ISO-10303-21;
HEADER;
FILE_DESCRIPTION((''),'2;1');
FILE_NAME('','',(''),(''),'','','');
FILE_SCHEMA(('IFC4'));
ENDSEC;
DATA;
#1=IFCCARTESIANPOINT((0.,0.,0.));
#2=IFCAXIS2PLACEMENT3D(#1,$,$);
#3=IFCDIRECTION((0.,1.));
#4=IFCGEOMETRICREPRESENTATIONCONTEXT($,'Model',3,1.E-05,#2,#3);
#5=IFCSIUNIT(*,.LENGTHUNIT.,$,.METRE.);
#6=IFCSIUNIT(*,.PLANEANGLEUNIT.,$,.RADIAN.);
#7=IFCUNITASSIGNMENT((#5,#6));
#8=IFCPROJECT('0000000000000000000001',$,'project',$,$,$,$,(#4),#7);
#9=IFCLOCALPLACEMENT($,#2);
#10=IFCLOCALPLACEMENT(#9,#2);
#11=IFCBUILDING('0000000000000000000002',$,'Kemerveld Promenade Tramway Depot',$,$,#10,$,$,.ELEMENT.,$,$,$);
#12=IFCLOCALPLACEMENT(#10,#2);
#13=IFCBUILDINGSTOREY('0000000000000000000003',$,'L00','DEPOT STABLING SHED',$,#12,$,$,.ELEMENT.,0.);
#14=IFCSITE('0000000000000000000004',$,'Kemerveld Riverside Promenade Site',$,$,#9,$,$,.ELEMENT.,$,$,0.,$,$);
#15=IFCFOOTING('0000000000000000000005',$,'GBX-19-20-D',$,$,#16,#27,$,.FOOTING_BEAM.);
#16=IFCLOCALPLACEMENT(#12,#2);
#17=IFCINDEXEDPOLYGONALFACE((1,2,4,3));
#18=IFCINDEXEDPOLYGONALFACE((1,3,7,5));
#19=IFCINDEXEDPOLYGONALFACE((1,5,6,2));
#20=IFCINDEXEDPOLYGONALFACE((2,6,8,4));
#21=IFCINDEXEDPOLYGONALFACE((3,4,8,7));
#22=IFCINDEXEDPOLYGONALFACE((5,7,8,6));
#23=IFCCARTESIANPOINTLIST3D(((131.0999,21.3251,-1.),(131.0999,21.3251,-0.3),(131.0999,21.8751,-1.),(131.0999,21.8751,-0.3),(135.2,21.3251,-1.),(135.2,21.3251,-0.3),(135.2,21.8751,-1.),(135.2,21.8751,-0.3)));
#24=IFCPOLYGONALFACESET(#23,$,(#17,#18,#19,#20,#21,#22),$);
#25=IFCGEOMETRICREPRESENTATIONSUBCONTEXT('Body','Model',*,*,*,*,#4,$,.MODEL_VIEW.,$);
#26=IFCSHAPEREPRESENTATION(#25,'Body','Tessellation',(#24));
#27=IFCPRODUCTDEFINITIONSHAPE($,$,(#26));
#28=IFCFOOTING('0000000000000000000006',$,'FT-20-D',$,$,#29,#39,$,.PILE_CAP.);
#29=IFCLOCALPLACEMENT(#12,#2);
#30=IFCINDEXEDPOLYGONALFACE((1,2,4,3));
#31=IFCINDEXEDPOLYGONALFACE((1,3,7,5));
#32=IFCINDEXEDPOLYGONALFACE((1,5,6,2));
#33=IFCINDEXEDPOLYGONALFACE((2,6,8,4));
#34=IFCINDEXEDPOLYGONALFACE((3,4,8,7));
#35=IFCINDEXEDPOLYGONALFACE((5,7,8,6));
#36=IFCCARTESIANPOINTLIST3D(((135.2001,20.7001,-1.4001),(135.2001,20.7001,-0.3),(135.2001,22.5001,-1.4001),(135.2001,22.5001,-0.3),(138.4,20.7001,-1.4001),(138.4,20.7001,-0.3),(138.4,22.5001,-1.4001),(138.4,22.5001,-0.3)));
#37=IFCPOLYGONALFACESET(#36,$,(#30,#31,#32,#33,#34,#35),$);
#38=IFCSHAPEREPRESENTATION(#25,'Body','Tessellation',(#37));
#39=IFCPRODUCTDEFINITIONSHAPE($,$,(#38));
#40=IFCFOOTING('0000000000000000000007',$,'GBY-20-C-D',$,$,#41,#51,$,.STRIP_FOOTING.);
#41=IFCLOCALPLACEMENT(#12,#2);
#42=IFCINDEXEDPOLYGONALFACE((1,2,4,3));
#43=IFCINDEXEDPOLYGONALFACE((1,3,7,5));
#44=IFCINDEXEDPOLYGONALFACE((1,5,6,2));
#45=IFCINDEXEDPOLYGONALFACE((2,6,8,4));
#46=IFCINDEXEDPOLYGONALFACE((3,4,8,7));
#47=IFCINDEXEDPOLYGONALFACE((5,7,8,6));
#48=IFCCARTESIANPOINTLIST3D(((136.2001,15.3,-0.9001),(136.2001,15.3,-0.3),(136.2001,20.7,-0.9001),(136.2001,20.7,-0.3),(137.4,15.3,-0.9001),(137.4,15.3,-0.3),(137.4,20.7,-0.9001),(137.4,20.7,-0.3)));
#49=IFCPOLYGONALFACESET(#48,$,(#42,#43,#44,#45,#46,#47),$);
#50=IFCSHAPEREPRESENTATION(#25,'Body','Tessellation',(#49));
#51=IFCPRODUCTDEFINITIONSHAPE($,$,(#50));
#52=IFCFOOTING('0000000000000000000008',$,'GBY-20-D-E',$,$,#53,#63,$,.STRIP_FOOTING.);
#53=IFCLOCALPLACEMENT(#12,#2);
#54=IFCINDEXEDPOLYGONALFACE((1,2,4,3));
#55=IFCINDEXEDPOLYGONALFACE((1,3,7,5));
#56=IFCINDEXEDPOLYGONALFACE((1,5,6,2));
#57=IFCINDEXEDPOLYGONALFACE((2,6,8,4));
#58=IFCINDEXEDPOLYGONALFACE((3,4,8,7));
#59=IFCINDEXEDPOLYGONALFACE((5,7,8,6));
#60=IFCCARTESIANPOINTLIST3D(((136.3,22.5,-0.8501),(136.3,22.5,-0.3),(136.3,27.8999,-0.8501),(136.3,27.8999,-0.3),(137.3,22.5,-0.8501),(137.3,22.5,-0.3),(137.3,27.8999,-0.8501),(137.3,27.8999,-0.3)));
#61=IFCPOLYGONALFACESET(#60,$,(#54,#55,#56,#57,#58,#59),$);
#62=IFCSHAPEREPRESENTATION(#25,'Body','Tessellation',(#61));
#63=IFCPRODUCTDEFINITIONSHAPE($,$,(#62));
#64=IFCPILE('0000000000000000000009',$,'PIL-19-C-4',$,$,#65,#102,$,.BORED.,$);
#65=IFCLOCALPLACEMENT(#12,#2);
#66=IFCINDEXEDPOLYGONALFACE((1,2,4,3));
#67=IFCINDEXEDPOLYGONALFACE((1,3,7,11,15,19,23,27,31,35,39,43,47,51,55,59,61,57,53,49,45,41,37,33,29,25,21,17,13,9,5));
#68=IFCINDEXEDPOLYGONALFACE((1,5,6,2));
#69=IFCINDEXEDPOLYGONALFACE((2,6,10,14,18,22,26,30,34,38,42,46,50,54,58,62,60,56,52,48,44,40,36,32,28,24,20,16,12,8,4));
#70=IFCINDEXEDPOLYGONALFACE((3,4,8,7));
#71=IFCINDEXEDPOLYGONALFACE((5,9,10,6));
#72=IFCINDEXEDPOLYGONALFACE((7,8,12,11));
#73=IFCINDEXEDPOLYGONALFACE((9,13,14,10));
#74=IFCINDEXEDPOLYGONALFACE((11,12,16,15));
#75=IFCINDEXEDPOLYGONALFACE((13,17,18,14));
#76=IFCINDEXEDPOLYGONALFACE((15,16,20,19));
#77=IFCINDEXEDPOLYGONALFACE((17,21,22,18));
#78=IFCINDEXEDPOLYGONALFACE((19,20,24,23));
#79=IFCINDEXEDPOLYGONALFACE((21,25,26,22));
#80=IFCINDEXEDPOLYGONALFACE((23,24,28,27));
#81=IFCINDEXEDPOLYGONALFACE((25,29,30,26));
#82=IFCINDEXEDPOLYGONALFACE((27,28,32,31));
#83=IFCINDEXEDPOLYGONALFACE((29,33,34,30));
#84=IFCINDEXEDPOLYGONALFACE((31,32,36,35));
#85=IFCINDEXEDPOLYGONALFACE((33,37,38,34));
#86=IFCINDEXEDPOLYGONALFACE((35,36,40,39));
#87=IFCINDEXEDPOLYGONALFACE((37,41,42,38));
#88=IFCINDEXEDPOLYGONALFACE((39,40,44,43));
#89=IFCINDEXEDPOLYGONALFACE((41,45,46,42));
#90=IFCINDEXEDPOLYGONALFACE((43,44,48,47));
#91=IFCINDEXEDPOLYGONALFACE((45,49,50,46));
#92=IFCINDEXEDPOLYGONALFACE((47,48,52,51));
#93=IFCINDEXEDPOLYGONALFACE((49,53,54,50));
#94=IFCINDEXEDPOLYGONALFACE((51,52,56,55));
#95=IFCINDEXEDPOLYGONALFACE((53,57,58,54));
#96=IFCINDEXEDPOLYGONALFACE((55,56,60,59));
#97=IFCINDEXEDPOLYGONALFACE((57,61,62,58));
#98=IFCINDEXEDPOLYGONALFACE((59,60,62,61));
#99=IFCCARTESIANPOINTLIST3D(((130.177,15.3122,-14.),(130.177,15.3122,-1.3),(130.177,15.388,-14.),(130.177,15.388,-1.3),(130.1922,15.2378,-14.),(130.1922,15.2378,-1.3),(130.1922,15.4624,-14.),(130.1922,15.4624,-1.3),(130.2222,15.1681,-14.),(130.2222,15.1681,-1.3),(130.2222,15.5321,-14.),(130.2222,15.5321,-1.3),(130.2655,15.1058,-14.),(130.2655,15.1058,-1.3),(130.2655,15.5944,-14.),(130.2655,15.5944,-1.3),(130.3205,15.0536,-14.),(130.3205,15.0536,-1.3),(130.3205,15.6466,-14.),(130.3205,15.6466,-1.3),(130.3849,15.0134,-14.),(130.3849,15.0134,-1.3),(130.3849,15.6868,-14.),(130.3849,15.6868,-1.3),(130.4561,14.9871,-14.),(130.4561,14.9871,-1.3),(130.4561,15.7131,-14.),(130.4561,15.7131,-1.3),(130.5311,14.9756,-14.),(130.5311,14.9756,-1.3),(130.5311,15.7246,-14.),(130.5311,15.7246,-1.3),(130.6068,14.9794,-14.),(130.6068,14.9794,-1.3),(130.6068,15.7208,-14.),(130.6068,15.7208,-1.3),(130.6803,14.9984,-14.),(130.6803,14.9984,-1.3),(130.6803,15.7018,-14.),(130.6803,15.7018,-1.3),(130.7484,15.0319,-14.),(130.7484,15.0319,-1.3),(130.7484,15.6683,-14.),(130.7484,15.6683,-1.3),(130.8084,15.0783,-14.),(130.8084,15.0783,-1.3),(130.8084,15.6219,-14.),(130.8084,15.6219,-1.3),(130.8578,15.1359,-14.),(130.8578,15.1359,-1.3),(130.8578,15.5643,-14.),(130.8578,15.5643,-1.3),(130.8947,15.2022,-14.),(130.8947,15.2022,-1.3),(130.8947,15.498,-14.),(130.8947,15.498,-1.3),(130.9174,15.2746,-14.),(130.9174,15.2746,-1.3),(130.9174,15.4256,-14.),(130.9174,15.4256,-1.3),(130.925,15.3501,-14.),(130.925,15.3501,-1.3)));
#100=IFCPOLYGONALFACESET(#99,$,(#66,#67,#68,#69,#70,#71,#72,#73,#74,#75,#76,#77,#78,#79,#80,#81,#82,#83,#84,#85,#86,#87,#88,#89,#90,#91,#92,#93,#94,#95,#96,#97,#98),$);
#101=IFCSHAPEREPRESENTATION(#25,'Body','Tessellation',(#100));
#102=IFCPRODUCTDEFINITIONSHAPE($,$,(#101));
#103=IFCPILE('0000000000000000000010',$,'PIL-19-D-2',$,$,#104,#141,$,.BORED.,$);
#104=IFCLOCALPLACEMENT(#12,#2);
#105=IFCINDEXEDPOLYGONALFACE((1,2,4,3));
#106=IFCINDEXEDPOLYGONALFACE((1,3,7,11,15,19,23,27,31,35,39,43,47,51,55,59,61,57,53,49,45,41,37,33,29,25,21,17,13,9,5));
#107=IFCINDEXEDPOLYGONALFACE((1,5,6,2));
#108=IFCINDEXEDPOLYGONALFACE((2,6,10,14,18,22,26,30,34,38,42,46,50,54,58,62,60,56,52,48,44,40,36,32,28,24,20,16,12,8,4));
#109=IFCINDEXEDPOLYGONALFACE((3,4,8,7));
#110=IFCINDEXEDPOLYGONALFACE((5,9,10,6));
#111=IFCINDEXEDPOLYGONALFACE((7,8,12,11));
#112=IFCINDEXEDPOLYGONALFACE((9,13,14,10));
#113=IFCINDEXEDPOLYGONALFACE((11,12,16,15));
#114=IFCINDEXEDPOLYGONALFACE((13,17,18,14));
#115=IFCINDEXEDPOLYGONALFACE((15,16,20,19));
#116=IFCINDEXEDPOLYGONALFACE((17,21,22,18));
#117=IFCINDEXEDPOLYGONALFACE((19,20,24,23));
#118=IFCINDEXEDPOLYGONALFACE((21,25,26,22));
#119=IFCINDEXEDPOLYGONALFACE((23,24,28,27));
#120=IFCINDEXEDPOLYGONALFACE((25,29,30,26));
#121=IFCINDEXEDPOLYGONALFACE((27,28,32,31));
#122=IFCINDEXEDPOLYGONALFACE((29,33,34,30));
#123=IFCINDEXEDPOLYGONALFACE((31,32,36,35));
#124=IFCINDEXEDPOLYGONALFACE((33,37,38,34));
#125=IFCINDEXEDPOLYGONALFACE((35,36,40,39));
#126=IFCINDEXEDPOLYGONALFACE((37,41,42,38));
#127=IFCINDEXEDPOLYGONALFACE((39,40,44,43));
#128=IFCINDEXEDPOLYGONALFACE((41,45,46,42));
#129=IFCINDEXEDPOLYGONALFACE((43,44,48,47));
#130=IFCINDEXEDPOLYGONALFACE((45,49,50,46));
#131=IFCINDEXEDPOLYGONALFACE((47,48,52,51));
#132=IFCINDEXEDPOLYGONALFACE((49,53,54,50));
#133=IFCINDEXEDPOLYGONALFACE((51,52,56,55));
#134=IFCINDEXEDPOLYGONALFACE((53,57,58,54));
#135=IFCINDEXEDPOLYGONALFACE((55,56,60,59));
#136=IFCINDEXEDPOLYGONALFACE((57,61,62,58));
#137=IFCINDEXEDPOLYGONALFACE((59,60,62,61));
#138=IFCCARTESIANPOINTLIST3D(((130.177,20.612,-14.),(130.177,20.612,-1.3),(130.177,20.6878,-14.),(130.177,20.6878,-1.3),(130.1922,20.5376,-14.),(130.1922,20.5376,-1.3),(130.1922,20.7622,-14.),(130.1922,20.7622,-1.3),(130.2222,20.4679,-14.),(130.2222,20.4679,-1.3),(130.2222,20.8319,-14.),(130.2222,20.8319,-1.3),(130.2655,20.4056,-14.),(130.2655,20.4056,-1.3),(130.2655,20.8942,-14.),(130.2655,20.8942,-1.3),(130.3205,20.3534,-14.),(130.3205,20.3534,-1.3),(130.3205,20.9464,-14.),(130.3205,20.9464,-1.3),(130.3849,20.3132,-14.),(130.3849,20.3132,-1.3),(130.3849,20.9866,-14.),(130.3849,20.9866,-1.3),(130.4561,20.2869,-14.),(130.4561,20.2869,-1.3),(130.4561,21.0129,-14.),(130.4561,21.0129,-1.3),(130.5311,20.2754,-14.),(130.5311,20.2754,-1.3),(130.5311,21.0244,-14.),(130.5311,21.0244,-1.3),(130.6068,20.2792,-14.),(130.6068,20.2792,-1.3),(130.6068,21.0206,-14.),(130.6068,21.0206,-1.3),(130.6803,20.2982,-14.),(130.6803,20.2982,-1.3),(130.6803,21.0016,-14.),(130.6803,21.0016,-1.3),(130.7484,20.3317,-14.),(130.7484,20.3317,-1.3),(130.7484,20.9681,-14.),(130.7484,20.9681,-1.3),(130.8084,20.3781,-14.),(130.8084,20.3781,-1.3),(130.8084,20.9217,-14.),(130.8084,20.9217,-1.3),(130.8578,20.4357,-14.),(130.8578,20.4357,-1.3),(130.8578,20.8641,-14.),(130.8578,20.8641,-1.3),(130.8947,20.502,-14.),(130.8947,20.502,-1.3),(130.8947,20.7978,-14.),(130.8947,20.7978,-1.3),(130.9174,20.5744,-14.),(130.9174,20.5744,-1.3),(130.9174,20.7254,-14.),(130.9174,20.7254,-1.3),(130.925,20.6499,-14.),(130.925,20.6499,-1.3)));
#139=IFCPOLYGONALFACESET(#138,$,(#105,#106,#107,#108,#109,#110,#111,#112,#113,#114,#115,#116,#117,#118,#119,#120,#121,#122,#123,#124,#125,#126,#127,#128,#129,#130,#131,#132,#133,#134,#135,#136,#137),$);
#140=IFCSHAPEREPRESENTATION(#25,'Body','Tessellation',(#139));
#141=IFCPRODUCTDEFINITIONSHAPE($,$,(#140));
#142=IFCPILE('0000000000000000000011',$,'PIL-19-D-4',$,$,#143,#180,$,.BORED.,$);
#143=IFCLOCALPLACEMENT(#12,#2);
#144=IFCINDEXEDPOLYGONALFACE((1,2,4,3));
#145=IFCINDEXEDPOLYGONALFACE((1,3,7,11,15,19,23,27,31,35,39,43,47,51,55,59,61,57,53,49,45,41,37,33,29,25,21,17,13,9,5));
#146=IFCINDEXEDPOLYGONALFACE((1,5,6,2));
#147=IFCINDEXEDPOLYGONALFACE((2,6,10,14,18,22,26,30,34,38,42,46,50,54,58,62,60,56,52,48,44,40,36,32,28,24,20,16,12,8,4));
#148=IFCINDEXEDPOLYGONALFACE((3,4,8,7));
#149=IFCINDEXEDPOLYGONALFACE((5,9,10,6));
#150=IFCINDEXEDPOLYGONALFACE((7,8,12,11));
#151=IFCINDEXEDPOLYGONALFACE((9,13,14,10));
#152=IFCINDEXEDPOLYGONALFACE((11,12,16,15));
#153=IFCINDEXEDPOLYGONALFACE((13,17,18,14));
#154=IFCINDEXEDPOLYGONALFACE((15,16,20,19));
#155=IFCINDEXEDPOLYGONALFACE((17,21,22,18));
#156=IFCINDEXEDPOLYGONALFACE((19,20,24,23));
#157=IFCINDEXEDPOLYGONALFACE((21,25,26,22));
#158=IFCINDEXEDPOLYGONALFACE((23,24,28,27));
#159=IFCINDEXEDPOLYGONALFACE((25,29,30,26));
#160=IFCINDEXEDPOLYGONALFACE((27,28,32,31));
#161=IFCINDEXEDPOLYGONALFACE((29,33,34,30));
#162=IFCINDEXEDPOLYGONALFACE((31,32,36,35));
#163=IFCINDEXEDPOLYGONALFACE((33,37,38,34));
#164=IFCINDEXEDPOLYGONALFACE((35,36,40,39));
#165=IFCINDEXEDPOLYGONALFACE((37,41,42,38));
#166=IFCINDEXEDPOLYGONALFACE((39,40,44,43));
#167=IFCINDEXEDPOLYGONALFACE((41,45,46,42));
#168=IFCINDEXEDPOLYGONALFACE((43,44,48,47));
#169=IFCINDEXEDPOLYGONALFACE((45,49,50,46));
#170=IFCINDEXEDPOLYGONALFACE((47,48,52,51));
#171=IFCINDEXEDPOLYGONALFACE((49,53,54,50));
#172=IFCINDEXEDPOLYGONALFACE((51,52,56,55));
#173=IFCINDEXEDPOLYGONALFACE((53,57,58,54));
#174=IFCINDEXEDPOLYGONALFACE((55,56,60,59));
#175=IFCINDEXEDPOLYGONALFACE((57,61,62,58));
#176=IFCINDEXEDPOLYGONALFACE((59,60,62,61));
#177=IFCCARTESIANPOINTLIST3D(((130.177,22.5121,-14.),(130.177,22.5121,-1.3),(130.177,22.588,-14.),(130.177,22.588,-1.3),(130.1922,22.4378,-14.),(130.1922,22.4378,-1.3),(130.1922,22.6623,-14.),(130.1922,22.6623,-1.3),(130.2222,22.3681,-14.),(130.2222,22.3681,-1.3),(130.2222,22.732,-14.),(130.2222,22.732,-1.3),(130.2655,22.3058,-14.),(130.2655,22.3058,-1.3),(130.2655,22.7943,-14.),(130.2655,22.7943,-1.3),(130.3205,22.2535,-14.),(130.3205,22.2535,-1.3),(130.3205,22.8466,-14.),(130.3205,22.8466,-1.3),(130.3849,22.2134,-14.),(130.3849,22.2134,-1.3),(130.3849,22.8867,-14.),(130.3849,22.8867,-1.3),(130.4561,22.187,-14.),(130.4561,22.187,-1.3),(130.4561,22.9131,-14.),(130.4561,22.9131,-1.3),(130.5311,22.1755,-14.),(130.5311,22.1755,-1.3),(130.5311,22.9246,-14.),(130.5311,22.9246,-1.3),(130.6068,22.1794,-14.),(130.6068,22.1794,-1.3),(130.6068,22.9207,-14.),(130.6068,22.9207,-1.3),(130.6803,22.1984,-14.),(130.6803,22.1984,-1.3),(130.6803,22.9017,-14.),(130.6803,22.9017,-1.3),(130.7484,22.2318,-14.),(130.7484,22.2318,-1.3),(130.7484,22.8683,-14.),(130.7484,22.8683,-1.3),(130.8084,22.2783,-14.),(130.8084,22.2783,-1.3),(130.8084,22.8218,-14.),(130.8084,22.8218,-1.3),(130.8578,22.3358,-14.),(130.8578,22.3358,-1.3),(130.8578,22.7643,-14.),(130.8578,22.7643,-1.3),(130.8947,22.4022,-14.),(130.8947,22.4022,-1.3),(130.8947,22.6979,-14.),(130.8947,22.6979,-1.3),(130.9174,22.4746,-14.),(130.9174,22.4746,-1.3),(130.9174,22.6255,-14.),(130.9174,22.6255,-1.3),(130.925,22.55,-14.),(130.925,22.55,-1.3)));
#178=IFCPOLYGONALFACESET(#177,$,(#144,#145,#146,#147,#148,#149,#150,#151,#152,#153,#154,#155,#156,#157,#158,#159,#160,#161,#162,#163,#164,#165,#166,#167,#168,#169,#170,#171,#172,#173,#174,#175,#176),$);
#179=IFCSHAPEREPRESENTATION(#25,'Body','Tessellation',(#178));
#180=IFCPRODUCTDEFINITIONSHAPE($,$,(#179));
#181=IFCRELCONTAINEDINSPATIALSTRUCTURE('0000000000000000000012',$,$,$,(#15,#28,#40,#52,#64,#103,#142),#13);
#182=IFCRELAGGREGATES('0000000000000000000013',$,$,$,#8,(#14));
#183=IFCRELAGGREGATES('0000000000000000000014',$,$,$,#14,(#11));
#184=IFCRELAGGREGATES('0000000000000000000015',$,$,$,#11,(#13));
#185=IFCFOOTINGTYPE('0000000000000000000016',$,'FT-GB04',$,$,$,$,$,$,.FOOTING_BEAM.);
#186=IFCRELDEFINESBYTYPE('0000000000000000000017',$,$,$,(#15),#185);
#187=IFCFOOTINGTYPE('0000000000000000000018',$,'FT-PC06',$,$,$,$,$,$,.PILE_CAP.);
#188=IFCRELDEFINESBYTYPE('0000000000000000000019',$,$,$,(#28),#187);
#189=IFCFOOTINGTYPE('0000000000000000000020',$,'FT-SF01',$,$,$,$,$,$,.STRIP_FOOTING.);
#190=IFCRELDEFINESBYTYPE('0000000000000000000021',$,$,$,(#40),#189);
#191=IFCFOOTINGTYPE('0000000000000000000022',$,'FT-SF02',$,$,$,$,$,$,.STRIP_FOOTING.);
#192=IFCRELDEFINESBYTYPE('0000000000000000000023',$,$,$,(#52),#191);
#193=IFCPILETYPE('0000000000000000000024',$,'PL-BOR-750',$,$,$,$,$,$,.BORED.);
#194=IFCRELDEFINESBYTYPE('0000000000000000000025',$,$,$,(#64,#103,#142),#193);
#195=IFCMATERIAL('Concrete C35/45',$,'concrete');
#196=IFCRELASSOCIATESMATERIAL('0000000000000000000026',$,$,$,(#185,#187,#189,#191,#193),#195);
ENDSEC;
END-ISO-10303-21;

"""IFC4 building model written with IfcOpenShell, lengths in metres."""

from ifc_helpers import new_model, si_unit, direction, frame, origin, origin_2d, place, context, subcontext, project, spatial, rectangle, circle, extrude, material, material_profile, profile_set, type_object, element, save


model = new_model("IFC4")

# Units and contexts
model_context = context("Model", 3, precision=1e-05, world=origin(), true_north=direction((0.0, 1.0)))
body_context = subcontext(model_context, "Body", "Model", "MODEL_VIEW")
ifc_project = project(units=[si_unit("LENGTHUNIT", "METRE"), si_unit("PLANEANGLEUNIT", "RADIAN")], contexts=[model_context])

# Site, building, storey
site_placement = place(None, origin())
site = spatial("IfcSite", under=ifc_project, at=site_placement, Name="Kemerveld Riverside Promenade Site", CompositionType="ELEMENT", RefElevation=0.0)
building_placement = place(site_placement, origin())
building = spatial("IfcBuilding", under=site, at=building_placement, Name="Kemerveld Promenade Tramway Depot", CompositionType="ELEMENT")
storey_placement = place(building_placement, origin())
storey = spatial("IfcBuildingStorey", under=building, at=storey_placement, Name="L00", Description="DEPOT STABLING SHED", CompositionType="ELEMENT", Elevation=0.0)

# Footings
ifc_material_1 = material(Name="Concrete C35/45", Category="concrete")
footing_type_1 = type_object("IfcFootingType", Name="FT-GB04", PredefinedType="FOOTING_BEAM", material=ifc_material_1)
footing_1_placement = place(storey_placement, frame((133.1499, 21.6001, -1.0), z_axis=(0.0, 0.0, 1.0), x_axis=(1.0, 0.0, 0.0)))
element("IfcFooting", 1, at=footing_1_placement, inside=storey, type_object=footing_type_1, Name="GBX-19-20-D", PredefinedType="FOOTING_BEAM", context=body_context, shape_type="SweptSolid", body=[
    extrude(rectangle(XDim=4.1001, YDim=0.55, at=origin_2d()), origin(), (0.0, 0.0, 1.0), 0.7),
])
footing_type_2 = type_object("IfcFootingType", Name="FT-PC06", PredefinedType="PILE_CAP", material=ifc_material_1)
footing_2_placement = place(storey_placement, frame((136.8, 21.6001, -1.4001), z_axis=(0.0, 0.0, 1.0), x_axis=(1.0, 0.0, 0.0)))
element("IfcFooting", 2, at=footing_2_placement, inside=storey, type_object=footing_type_2, Name="FT-20-D", PredefinedType="PILE_CAP", context=body_context, shape_type="SweptSolid", body=[
    extrude(rectangle(XDim=3.2, YDim=1.8, at=origin_2d()), origin(), (0.0, 0.0, 1.0), 1.1001),
])
footing_type_3 = type_object("IfcFootingType", Name="FT-SF01", PredefinedType="STRIP_FOOTING", material=ifc_material_1)
footing_3_placement = place(storey_placement, frame((136.8, 18.0, -0.9001), z_axis=(0.0, 0.0, 1.0), x_axis=(0.0, 1.0, 0.0)))
element("IfcFooting", 3, at=footing_3_placement, inside=storey, type_object=footing_type_3, Name="GBY-20-C-D", PredefinedType="STRIP_FOOTING", context=body_context, shape_type="SweptSolid", body=[
    extrude(rectangle(XDim=5.3999, YDim=1.2, at=origin_2d()), origin(), (0.0, 0.0, 1.0), 0.6001),
])
footing_type_4 = type_object("IfcFootingType", Name="FT-SF02", PredefinedType="STRIP_FOOTING", material=ifc_material_1)
footing_4_placement = place(storey_placement, frame((136.8, 25.2, -0.8501), z_axis=(0.0, 0.0, 1.0), x_axis=(0.0, 1.0, 0.0)))
element("IfcFooting", 4, at=footing_4_placement, inside=storey, type_object=footing_type_4, Name="GBY-20-D-E", PredefinedType="STRIP_FOOTING", context=body_context, shape_type="SweptSolid", body=[
    extrude(rectangle(XDim=5.3999, YDim=1.0, at=origin_2d()), origin(), (0.0, 0.0, 1.0), 0.55),
])

# Piles
ifc_material_profile_1 = material_profile(ifc_material_1, circle(Radius=0.375, at=origin_2d()), Name="PILE-D750")
ifc_profile_set_1 = profile_set([ifc_material_profile_1], Name="Concrete C35/45")
pile_type = type_object("IfcPileType", Name="PL-BOR-750", PredefinedType="BORED", material=ifc_profile_set_1)
for number, where, z_axis, x_axis, name in (
    (5, (130.55, 15.3501, -1.3), (0.0, 0.0, -1.0), (1.0, 0.0, 0.0), "PIL-19-C-4"),
    (6, (130.55, 20.6499, -1.3), (0.0, 0.0, -1.0), (1.0, 0.0, 0.0), "PIL-19-D-2"),
    (7, (130.55, 22.55, -1.3), (0.0, 0.0, -1.0), (1.0, 0.0, 0.0), "PIL-19-D-4"),
):
    element("IfcPile", number, at=place(storey_placement, frame(where, z_axis=z_axis, x_axis=x_axis)), inside=storey, type_object=pile_type, Name=name, PredefinedType="BORED", context=body_context, shape_type="SweptSolid", body=[
        extrude(circle(Radius=0.375, at=origin_2d()), origin(), (0.0, 0.0, 1.0), 12.7),
    ])

save(model, "model.ifc")
